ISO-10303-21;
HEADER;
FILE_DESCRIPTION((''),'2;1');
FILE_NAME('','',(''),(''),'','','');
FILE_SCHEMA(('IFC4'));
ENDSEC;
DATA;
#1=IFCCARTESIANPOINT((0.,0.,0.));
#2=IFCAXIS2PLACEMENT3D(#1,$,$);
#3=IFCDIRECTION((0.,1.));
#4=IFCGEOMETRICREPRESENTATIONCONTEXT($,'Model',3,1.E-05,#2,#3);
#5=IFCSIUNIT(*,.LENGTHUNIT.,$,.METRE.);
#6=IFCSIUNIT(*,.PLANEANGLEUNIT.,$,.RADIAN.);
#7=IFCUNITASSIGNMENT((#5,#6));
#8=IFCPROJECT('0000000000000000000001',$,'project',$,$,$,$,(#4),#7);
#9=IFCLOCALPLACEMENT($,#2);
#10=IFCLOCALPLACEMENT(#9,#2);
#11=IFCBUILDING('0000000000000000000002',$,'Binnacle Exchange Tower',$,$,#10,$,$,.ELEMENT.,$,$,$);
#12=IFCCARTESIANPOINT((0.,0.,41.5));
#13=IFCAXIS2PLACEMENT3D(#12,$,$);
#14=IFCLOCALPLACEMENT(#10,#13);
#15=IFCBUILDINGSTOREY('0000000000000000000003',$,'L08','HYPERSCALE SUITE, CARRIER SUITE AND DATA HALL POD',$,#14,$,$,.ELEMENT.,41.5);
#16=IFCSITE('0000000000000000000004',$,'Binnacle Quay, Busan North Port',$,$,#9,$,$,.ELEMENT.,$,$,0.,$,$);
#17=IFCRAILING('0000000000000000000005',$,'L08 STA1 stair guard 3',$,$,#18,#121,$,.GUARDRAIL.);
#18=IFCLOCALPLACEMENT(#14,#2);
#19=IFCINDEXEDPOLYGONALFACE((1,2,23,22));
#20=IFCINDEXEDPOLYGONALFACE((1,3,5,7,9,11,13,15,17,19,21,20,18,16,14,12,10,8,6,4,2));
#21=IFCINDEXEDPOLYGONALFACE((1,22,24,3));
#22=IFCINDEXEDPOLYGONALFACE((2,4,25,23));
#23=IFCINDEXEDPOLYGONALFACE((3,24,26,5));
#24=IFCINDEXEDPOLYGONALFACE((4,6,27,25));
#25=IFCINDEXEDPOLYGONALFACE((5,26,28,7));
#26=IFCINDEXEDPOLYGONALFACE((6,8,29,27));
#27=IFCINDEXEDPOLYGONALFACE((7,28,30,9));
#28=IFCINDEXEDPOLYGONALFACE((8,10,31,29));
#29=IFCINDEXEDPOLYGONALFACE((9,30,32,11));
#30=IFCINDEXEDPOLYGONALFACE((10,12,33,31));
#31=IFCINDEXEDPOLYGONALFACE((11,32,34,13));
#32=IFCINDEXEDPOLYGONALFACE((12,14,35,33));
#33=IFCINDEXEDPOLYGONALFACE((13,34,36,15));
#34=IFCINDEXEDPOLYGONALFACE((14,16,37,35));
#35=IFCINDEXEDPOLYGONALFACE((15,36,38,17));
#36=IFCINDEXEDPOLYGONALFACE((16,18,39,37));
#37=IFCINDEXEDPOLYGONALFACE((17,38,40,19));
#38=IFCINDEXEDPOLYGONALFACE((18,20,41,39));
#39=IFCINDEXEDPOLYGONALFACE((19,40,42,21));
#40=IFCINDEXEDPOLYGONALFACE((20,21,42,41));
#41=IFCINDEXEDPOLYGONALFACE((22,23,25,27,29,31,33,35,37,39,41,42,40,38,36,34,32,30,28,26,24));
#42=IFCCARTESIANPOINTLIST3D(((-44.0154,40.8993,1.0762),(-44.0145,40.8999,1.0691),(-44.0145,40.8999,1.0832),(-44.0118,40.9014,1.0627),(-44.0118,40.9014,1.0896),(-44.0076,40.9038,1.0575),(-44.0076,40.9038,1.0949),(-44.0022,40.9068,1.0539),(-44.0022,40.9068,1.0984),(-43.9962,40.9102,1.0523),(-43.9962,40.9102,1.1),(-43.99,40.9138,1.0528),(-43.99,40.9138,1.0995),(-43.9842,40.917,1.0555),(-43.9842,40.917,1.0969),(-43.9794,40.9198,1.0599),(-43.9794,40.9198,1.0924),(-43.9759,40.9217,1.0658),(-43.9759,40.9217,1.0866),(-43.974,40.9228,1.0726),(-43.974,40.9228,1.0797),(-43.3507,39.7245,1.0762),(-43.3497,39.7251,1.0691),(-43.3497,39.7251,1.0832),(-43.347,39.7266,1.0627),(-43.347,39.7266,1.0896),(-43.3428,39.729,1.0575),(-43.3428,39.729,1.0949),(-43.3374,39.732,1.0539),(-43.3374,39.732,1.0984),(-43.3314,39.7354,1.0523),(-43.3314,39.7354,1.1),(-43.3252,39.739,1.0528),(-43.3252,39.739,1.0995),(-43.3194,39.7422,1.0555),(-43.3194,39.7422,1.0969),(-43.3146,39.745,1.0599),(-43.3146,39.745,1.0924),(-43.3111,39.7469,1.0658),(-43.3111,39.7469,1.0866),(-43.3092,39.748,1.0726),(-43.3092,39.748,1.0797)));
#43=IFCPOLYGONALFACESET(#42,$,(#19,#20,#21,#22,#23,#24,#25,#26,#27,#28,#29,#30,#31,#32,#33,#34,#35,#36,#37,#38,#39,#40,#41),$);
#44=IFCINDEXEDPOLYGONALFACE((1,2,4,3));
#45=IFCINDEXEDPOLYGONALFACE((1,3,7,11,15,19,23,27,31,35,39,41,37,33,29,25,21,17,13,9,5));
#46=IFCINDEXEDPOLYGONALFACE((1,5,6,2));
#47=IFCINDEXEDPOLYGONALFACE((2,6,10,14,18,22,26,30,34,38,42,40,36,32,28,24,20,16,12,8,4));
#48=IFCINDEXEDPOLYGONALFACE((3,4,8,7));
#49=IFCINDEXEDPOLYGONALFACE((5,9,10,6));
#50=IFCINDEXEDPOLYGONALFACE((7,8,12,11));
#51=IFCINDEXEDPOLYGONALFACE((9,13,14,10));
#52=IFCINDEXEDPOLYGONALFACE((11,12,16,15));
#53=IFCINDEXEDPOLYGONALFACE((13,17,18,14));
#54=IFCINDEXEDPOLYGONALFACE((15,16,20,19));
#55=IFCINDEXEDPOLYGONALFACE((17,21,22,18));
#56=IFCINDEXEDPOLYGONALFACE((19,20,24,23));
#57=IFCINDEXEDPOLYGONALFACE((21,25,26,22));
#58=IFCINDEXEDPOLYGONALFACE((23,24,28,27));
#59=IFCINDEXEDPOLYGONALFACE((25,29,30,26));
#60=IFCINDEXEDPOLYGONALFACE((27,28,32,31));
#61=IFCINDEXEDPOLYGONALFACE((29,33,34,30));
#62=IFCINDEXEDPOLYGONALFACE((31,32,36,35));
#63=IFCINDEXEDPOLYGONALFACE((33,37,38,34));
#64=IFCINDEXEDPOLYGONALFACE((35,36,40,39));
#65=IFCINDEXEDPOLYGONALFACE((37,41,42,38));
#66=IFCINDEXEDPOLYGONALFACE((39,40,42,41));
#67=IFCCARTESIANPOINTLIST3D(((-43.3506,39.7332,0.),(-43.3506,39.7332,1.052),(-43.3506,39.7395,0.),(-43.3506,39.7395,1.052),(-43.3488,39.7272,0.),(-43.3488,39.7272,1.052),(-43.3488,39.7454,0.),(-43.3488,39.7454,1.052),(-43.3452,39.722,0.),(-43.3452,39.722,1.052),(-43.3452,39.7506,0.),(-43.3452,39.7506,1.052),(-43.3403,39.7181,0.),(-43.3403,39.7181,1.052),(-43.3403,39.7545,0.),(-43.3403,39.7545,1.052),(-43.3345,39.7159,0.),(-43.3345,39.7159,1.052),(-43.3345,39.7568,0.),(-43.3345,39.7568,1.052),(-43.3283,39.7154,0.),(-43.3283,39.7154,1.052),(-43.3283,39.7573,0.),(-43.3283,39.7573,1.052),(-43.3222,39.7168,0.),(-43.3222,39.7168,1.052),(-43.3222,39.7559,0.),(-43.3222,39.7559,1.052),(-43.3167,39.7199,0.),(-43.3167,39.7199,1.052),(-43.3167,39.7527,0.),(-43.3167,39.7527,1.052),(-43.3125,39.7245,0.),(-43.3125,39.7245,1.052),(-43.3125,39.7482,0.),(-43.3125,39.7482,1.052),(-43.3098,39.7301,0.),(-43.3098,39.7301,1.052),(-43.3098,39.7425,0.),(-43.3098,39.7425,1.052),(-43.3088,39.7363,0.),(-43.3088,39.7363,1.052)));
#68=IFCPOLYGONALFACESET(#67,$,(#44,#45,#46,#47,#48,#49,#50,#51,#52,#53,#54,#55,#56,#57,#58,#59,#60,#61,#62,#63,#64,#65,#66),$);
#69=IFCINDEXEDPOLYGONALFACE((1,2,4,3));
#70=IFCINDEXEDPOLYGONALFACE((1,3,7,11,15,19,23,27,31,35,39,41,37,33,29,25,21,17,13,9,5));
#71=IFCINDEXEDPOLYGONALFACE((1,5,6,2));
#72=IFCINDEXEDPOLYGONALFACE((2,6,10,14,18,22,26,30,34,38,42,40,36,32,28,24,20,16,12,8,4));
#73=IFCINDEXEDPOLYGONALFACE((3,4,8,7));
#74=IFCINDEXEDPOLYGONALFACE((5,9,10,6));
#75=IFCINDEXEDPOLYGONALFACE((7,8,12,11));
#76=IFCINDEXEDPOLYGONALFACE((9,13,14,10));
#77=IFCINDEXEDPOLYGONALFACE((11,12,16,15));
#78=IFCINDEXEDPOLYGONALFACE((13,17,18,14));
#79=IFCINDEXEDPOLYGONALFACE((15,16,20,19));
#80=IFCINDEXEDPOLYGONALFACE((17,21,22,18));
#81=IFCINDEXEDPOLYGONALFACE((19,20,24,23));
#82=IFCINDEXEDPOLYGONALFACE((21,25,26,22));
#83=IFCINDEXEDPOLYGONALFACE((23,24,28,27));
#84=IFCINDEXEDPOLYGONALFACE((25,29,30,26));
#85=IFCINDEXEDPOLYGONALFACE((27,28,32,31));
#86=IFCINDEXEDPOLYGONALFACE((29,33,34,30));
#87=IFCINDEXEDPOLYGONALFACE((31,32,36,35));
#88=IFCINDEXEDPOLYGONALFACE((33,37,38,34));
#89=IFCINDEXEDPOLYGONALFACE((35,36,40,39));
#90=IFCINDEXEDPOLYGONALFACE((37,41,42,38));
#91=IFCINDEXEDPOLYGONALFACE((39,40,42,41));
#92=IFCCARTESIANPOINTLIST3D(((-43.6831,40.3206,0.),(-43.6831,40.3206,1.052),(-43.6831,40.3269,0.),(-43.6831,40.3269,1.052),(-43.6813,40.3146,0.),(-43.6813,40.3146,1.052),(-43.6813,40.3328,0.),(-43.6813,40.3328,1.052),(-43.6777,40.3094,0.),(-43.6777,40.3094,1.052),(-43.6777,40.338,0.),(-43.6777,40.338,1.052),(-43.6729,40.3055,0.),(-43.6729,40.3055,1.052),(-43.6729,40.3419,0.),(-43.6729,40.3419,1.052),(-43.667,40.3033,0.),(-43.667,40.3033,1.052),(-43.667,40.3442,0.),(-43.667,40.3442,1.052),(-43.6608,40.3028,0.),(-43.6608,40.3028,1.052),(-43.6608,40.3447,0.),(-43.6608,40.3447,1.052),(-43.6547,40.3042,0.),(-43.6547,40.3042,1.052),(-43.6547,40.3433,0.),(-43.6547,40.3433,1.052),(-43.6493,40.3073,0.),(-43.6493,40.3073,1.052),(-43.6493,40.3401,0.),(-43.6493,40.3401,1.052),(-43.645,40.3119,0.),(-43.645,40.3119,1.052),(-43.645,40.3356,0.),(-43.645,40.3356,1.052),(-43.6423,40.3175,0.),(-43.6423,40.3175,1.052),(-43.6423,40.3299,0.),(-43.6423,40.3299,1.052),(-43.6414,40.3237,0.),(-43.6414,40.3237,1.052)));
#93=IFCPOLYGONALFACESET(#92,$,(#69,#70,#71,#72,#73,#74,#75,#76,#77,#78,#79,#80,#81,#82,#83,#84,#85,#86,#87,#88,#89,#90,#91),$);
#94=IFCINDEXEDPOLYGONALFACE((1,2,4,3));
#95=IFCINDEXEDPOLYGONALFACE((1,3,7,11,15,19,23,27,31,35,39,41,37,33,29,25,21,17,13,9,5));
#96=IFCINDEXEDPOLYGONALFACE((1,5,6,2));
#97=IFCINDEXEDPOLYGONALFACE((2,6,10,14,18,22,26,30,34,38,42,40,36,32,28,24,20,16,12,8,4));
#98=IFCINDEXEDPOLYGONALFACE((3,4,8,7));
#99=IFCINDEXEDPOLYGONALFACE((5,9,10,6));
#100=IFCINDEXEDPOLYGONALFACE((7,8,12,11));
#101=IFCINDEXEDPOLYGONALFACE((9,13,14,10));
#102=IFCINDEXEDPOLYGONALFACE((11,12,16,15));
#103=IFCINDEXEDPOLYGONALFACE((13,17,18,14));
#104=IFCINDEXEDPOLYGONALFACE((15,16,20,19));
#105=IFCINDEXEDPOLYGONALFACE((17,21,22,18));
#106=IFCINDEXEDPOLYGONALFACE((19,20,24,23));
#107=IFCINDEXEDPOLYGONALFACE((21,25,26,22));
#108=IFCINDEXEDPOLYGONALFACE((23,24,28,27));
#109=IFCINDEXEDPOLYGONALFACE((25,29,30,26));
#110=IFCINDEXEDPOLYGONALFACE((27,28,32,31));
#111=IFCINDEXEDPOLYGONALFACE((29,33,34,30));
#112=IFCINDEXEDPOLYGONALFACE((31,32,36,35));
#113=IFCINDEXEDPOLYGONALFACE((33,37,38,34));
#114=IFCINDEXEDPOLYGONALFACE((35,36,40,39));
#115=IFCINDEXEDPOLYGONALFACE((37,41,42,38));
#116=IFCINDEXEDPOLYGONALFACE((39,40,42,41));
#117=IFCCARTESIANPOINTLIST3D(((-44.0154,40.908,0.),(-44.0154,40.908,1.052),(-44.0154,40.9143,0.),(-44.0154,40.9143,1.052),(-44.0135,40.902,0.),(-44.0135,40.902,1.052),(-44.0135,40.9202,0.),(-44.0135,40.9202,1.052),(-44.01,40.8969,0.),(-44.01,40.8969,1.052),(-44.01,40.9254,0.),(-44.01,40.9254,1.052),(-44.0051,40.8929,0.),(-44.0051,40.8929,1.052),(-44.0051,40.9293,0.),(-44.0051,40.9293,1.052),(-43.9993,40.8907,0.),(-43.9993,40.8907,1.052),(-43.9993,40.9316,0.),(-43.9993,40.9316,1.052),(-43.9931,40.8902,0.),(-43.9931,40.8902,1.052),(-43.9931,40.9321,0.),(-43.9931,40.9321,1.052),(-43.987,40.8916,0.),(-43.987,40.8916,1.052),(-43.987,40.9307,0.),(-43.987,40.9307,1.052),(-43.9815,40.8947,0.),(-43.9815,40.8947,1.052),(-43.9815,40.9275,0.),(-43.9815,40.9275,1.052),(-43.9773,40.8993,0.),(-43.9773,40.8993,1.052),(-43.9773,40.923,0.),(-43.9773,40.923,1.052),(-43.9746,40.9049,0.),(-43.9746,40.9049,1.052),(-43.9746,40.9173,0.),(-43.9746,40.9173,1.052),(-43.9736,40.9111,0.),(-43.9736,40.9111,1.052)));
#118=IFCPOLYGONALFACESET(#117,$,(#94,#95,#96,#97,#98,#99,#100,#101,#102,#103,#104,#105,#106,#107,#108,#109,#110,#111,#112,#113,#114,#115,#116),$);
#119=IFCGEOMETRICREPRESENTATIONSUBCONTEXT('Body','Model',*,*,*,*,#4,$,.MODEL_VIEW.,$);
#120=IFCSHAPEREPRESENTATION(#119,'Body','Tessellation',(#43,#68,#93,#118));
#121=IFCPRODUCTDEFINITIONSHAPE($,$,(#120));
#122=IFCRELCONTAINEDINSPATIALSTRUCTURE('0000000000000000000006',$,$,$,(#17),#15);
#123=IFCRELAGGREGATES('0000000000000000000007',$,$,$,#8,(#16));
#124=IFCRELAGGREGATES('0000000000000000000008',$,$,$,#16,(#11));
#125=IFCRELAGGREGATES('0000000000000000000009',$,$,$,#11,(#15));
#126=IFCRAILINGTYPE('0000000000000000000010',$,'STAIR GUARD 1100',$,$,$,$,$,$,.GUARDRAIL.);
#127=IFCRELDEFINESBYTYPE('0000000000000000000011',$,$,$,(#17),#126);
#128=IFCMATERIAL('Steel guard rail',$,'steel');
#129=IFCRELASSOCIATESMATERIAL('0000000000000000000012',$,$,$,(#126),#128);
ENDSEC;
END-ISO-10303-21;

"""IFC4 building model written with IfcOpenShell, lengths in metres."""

from ifc_helpers import new_model, si_unit, direction, frame, origin, origin_2d, place, context, subcontext, project, spatial, circle, extrude, material, type_object, element, save


model = new_model("IFC4")

# Units and contexts
model_context = context("Model", 3, precision=1e-05, world=origin(), true_north=direction((0.0, 1.0)))
body_context = subcontext(model_context, "Body", "Model", "MODEL_VIEW")
ifc_project = project(units=[si_unit("LENGTHUNIT", "METRE"), si_unit("PLANEANGLEUNIT", "RADIAN")], contexts=[model_context])

# Site, building, storey
site_placement = place(None, origin())
site = spatial("IfcSite", under=ifc_project, at=site_placement, Name="Binnacle Quay, Busan North Port", CompositionType="ELEMENT", RefElevation=0.0)
building_placement = place(site_placement, origin())
building = spatial("IfcBuilding", under=site, at=building_placement, Name="Binnacle Exchange Tower", CompositionType="ELEMENT")
storey_placement = place(building_placement, frame((0.0, 0.0, 41.5)))
storey = spatial("IfcBuildingStorey", under=building, at=storey_placement, Name="L08", Description="HYPERSCALE SUITE, CARRIER SUITE AND DATA HALL POD", CompositionType="ELEMENT", Elevation=41.5)

# Railing
ifc_material_1 = material(Name="Steel guard rail", Category="steel")
railing_type_1 = type_object("IfcRailingType", Name="STAIR GUARD 1100", PredefinedType="GUARDRAIL", material=ifc_material_1)
railing_1_placement = place(storey_placement, frame((-43.3298, 39.7363, 0.0)))
element("IfcRailing", 1, at=railing_1_placement, inside=storey, type_object=railing_type_1, Name="L08 STA1 stair guard 3", PredefinedType="GUARDRAIL", context=body_context, shape_type="SweptSolid", body=[
    extrude(circle(Radius=0.0239, at=origin_2d()), frame((0.0, 0.0, 1.0762), z_axis=(-0.492492, 0.870317, 0.0), x_axis=(-0.870317, -0.492492, 0.0)), (0.0, 0.0, 1.0), 1.3499),
    extrude(circle(Radius=0.021, at=origin_2d()), origin(), (0.0, 0.0, 1.0), 1.052),
    extrude(circle(Radius=0.021, at=origin_2d()), frame((-0.3325, 0.5874, 0.0)), (0.0, 0.0, 1.0), 1.052),
    extrude(circle(Radius=0.021, at=origin_2d()), frame((-0.6648, 1.1748, 0.0)), (0.0, 0.0, 1.0), 1.052),
])

save(model, "model.ifc")
